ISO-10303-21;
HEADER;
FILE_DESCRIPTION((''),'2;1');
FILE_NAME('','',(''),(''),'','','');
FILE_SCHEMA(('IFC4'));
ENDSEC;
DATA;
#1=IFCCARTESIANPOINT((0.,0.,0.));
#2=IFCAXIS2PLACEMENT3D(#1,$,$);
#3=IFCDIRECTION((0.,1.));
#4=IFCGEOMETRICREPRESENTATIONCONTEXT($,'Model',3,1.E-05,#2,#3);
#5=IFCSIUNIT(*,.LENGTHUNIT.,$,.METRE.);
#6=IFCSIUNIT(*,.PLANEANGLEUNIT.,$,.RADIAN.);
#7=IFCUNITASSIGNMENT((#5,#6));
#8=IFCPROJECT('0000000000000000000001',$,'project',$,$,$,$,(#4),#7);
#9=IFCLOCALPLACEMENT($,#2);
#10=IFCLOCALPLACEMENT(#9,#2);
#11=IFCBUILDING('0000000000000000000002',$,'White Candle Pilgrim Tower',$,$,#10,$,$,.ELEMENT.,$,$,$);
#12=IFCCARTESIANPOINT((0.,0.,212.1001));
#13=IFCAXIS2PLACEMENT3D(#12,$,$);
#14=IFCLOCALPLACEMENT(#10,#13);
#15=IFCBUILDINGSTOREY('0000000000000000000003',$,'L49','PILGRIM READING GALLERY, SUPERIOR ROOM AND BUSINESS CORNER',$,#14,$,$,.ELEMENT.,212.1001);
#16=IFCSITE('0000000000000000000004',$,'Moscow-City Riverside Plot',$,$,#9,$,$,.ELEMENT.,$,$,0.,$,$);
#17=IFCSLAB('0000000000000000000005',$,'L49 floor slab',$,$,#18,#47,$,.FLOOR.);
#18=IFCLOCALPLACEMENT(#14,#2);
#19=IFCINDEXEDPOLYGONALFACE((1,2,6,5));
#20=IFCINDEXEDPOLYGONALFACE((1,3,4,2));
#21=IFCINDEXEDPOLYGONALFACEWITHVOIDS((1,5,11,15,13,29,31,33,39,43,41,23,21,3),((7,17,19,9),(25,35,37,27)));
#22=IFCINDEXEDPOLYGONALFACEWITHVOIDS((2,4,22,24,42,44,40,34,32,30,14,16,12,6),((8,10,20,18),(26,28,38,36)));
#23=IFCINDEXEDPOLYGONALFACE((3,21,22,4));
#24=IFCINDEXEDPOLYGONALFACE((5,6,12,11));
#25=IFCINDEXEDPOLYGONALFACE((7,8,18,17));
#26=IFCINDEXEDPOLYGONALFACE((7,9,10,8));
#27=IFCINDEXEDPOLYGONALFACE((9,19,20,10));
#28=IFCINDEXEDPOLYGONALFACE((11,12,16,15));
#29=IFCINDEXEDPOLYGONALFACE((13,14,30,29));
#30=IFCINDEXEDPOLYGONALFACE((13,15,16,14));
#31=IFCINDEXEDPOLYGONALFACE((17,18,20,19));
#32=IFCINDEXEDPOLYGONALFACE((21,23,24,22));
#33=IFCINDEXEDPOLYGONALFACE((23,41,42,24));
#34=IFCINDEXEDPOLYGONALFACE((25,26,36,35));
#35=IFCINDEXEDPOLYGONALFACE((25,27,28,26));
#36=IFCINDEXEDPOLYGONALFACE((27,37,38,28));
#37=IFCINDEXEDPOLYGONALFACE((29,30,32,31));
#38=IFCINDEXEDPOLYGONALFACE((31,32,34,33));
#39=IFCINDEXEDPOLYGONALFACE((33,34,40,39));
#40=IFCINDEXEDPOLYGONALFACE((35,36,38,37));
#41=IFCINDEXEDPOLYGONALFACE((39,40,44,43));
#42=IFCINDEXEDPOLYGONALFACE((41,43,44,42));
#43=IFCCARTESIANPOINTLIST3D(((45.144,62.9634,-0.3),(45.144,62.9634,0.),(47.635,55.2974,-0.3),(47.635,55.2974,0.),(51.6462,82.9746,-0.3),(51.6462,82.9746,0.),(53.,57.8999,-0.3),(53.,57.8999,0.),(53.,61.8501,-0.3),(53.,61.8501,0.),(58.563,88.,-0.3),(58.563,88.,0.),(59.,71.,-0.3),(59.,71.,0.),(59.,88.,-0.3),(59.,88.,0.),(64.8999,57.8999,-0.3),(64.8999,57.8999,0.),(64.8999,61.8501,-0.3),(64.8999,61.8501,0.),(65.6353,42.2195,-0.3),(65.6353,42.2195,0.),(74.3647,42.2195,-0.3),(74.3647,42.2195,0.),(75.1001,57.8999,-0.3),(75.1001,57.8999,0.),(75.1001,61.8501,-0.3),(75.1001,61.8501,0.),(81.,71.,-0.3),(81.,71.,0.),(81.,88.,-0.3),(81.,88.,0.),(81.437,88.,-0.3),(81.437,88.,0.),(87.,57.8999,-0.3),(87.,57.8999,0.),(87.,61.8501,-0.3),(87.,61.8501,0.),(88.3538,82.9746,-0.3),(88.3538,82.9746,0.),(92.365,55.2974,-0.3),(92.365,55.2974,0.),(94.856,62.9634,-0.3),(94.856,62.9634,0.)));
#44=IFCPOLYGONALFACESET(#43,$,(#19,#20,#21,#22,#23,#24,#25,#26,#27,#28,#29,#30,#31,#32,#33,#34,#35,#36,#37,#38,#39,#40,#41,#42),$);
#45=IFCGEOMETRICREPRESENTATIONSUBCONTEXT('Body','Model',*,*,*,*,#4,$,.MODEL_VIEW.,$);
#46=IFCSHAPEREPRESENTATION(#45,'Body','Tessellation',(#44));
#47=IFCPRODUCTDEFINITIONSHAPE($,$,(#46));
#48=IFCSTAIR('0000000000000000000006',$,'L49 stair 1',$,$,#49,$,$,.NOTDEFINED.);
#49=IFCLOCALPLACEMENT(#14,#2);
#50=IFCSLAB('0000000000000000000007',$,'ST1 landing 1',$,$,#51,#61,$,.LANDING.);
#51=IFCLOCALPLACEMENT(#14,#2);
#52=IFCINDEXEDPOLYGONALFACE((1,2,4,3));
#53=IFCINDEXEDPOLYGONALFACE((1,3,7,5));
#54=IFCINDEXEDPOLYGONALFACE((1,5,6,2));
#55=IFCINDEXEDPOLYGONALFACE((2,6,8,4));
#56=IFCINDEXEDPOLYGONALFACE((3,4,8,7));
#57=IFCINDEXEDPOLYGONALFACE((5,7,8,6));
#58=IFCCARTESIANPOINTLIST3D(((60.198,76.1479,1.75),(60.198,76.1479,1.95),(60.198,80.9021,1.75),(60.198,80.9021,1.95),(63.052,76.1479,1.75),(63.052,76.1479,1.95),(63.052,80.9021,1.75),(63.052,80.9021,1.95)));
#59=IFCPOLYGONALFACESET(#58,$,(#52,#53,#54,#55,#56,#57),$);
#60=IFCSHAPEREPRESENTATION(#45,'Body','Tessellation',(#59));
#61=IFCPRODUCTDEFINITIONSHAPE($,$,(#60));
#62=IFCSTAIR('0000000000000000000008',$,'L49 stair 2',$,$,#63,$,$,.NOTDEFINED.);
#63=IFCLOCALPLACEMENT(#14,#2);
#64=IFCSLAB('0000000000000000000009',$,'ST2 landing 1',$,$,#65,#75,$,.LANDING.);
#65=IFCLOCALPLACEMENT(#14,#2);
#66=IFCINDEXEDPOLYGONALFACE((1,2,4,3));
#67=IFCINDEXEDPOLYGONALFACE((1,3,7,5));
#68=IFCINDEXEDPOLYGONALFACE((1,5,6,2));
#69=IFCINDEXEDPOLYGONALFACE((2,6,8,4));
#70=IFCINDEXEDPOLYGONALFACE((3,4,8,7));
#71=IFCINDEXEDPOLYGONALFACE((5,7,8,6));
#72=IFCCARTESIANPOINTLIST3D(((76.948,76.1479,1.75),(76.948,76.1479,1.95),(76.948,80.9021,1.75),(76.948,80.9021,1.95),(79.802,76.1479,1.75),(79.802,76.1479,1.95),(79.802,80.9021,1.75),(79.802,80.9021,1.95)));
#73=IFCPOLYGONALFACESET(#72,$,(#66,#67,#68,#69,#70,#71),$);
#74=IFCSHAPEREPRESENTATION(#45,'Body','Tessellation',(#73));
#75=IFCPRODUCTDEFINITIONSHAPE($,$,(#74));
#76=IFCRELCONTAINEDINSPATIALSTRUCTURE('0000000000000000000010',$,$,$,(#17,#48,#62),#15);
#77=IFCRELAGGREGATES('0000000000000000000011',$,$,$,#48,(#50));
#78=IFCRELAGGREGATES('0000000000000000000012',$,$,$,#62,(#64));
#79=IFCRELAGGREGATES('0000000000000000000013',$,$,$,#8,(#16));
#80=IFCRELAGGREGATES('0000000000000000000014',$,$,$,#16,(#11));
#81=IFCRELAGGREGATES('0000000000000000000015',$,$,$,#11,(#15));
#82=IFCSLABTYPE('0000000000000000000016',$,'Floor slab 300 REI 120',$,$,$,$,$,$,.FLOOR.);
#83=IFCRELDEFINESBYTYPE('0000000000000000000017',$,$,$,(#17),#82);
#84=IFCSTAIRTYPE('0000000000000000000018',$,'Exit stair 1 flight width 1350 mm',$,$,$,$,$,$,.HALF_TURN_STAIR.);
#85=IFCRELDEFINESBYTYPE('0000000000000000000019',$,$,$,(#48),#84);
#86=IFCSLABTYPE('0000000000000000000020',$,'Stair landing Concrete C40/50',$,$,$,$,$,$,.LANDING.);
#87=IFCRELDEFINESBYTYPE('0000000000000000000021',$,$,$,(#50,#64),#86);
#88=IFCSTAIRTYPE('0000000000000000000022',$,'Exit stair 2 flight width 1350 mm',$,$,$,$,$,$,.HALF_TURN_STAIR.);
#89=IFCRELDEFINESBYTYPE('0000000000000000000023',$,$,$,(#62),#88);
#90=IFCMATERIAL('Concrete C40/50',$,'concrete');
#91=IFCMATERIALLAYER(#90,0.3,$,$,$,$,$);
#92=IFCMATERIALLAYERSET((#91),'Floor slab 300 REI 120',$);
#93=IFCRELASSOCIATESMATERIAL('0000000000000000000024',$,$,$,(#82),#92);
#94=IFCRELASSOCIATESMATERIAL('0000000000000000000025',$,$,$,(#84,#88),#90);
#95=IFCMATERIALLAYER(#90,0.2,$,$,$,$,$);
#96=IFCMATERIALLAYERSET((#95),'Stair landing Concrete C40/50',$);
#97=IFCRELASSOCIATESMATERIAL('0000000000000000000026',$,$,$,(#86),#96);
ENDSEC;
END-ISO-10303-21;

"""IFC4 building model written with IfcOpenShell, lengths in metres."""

from ifc_helpers import new_model, si_unit, direction, frame, origin, place, context, subcontext, project, spatial, polyline, outline, extrude, material, layer, layer_set, type_object, element, aggregate, save


model = new_model("IFC4")

# Units and contexts
model_context = context("Model", 3, precision=1e-05, world=origin(), true_north=direction((0.0, 1.0)))
body_context = subcontext(model_context, "Body", "Model", "MODEL_VIEW")
ifc_project = project(units=[si_unit("LENGTHUNIT", "METRE"), si_unit("PLANEANGLEUNIT", "RADIAN")], contexts=[model_context])

# Site, building, storey
site_placement = place(None, origin())
site = spatial("IfcSite", under=ifc_project, at=site_placement, Name="Moscow-City Riverside Plot", CompositionType="ELEMENT", RefElevation=0.0)
building_placement = place(site_placement, origin())
building = spatial("IfcBuilding", under=site, at=building_placement, Name="White Candle Pilgrim Tower", CompositionType="ELEMENT")
storey_placement = place(building_placement, frame((0.0, 0.0, 212.1001)))
storey = spatial("IfcBuildingStorey", under=building, at=storey_placement, Name="L49", Description="PILGRIM READING GALLERY, SUPERIOR ROOM AND BUSINESS CORNER", CompositionType="ELEMENT", Elevation=212.1001)

# Slab
ifc_material = material(Name="Concrete C40/50", Category="concrete")
ifc_layer_1 = layer(ifc_material, 0.3)
ifc_layer_set_1 = layer_set([ifc_layer_1], Name="Floor slab 300 REI 120")
slab_type_1 = type_object("IfcSlabType", Name="Floor slab 300 REI 120", PredefinedType="FLOOR", material=ifc_layer_set_1)
slab_1_placement = place(storey_placement, frame((0.0, 0.0, -0.3)))
element("IfcSlab", 1, at=slab_1_placement, inside=storey, type_object=slab_type_1, Name="L49 floor slab", PredefinedType="FLOOR", context=body_context, shape_type="SweptSolid", body=[
    extrude(outline(polyline([(65.6353, 42.2195), (74.3647, 42.2195), (92.365, 55.2974), (94.856, 62.9634), (88.3538, 82.9746), (81.437, 88.0), (81.0, 88.0), (81.0, 71.0), (59.0, 71.0), (59.0, 88.0), (58.563, 88.0), (51.6462, 82.9746), (45.144, 62.9634), (47.635, 55.2974), (65.6353, 42.2195)]), holes=[polyline([(53.0, 57.8999), (53.0, 61.8501), (64.8999, 61.8501), (64.8999, 57.8999), (53.0, 57.8999)]), polyline([(75.1001, 57.8999), (75.1001, 61.8501), (87.0, 61.8501), (87.0, 57.8999), (75.1001, 57.8999)])]), origin(), (0.0, 0.0, 1.0), 0.3),
])

# Stairs, slabs
stair_type_1 = type_object("IfcStairType", Name="Exit stair 1 flight width 1350 mm", PredefinedType="HALF_TURN_STAIR", material=ifc_material)
stair_1_placement = place(storey_placement, origin())
stair_1 = element("IfcStair", 2, at=stair_1_placement, inside=storey, type_object=stair_type_1, Name="L49 stair 1", PredefinedType="NOTDEFINED")
ifc_layer_2 = layer(ifc_material, 0.2)
ifc_layer_set_2 = layer_set([ifc_layer_2], Name="Stair landing Concrete C40/50")
slab_type_2 = type_object("IfcSlabType", Name="Stair landing Concrete C40/50", PredefinedType="LANDING", material=ifc_layer_set_2)
slab_2_placement = place(storey_placement, frame((0.0, 0.0, 1.75)))
slab_2 = element("IfcSlab", 3, at=slab_2_placement, type_object=slab_type_2, Name="ST1 landing 1", PredefinedType="LANDING", context=body_context, shape_type="SweptSolid", body=[
    extrude(outline(polyline([(63.052, 76.1479), (60.198, 76.1479), (60.198, 80.9021), (63.052, 80.9021), (63.052, 76.1479)])), origin(), (0.0, 0.0, 1.0), 0.2),
])
aggregate(stair_1, [slab_2])
stair_type_2 = type_object("IfcStairType", Name="Exit stair 2 flight width 1350 mm", PredefinedType="HALF_TURN_STAIR", material=ifc_material)
stair_2_placement = place(storey_placement, origin())
stair_2 = element("IfcStair", 4, at=stair_2_placement, inside=storey, type_object=stair_type_2, Name="L49 stair 2", PredefinedType="NOTDEFINED")
slab_3_placement = place(storey_placement, frame((0.0, 0.0, 1.75)))
slab_3 = element("IfcSlab", 5, at=slab_3_placement, type_object=slab_type_2, Name="ST2 landing 1", PredefinedType="LANDING", context=body_context, shape_type="SweptSolid", body=[
    extrude(outline(polyline([(79.802, 76.1479), (76.948, 76.1479), (76.948, 80.9021), (79.802, 80.9021), (79.802, 76.1479)])), origin(), (0.0, 0.0, 1.0), 0.2),
])
aggregate(stair_2, [slab_3])

save(model, "model.ifc")
